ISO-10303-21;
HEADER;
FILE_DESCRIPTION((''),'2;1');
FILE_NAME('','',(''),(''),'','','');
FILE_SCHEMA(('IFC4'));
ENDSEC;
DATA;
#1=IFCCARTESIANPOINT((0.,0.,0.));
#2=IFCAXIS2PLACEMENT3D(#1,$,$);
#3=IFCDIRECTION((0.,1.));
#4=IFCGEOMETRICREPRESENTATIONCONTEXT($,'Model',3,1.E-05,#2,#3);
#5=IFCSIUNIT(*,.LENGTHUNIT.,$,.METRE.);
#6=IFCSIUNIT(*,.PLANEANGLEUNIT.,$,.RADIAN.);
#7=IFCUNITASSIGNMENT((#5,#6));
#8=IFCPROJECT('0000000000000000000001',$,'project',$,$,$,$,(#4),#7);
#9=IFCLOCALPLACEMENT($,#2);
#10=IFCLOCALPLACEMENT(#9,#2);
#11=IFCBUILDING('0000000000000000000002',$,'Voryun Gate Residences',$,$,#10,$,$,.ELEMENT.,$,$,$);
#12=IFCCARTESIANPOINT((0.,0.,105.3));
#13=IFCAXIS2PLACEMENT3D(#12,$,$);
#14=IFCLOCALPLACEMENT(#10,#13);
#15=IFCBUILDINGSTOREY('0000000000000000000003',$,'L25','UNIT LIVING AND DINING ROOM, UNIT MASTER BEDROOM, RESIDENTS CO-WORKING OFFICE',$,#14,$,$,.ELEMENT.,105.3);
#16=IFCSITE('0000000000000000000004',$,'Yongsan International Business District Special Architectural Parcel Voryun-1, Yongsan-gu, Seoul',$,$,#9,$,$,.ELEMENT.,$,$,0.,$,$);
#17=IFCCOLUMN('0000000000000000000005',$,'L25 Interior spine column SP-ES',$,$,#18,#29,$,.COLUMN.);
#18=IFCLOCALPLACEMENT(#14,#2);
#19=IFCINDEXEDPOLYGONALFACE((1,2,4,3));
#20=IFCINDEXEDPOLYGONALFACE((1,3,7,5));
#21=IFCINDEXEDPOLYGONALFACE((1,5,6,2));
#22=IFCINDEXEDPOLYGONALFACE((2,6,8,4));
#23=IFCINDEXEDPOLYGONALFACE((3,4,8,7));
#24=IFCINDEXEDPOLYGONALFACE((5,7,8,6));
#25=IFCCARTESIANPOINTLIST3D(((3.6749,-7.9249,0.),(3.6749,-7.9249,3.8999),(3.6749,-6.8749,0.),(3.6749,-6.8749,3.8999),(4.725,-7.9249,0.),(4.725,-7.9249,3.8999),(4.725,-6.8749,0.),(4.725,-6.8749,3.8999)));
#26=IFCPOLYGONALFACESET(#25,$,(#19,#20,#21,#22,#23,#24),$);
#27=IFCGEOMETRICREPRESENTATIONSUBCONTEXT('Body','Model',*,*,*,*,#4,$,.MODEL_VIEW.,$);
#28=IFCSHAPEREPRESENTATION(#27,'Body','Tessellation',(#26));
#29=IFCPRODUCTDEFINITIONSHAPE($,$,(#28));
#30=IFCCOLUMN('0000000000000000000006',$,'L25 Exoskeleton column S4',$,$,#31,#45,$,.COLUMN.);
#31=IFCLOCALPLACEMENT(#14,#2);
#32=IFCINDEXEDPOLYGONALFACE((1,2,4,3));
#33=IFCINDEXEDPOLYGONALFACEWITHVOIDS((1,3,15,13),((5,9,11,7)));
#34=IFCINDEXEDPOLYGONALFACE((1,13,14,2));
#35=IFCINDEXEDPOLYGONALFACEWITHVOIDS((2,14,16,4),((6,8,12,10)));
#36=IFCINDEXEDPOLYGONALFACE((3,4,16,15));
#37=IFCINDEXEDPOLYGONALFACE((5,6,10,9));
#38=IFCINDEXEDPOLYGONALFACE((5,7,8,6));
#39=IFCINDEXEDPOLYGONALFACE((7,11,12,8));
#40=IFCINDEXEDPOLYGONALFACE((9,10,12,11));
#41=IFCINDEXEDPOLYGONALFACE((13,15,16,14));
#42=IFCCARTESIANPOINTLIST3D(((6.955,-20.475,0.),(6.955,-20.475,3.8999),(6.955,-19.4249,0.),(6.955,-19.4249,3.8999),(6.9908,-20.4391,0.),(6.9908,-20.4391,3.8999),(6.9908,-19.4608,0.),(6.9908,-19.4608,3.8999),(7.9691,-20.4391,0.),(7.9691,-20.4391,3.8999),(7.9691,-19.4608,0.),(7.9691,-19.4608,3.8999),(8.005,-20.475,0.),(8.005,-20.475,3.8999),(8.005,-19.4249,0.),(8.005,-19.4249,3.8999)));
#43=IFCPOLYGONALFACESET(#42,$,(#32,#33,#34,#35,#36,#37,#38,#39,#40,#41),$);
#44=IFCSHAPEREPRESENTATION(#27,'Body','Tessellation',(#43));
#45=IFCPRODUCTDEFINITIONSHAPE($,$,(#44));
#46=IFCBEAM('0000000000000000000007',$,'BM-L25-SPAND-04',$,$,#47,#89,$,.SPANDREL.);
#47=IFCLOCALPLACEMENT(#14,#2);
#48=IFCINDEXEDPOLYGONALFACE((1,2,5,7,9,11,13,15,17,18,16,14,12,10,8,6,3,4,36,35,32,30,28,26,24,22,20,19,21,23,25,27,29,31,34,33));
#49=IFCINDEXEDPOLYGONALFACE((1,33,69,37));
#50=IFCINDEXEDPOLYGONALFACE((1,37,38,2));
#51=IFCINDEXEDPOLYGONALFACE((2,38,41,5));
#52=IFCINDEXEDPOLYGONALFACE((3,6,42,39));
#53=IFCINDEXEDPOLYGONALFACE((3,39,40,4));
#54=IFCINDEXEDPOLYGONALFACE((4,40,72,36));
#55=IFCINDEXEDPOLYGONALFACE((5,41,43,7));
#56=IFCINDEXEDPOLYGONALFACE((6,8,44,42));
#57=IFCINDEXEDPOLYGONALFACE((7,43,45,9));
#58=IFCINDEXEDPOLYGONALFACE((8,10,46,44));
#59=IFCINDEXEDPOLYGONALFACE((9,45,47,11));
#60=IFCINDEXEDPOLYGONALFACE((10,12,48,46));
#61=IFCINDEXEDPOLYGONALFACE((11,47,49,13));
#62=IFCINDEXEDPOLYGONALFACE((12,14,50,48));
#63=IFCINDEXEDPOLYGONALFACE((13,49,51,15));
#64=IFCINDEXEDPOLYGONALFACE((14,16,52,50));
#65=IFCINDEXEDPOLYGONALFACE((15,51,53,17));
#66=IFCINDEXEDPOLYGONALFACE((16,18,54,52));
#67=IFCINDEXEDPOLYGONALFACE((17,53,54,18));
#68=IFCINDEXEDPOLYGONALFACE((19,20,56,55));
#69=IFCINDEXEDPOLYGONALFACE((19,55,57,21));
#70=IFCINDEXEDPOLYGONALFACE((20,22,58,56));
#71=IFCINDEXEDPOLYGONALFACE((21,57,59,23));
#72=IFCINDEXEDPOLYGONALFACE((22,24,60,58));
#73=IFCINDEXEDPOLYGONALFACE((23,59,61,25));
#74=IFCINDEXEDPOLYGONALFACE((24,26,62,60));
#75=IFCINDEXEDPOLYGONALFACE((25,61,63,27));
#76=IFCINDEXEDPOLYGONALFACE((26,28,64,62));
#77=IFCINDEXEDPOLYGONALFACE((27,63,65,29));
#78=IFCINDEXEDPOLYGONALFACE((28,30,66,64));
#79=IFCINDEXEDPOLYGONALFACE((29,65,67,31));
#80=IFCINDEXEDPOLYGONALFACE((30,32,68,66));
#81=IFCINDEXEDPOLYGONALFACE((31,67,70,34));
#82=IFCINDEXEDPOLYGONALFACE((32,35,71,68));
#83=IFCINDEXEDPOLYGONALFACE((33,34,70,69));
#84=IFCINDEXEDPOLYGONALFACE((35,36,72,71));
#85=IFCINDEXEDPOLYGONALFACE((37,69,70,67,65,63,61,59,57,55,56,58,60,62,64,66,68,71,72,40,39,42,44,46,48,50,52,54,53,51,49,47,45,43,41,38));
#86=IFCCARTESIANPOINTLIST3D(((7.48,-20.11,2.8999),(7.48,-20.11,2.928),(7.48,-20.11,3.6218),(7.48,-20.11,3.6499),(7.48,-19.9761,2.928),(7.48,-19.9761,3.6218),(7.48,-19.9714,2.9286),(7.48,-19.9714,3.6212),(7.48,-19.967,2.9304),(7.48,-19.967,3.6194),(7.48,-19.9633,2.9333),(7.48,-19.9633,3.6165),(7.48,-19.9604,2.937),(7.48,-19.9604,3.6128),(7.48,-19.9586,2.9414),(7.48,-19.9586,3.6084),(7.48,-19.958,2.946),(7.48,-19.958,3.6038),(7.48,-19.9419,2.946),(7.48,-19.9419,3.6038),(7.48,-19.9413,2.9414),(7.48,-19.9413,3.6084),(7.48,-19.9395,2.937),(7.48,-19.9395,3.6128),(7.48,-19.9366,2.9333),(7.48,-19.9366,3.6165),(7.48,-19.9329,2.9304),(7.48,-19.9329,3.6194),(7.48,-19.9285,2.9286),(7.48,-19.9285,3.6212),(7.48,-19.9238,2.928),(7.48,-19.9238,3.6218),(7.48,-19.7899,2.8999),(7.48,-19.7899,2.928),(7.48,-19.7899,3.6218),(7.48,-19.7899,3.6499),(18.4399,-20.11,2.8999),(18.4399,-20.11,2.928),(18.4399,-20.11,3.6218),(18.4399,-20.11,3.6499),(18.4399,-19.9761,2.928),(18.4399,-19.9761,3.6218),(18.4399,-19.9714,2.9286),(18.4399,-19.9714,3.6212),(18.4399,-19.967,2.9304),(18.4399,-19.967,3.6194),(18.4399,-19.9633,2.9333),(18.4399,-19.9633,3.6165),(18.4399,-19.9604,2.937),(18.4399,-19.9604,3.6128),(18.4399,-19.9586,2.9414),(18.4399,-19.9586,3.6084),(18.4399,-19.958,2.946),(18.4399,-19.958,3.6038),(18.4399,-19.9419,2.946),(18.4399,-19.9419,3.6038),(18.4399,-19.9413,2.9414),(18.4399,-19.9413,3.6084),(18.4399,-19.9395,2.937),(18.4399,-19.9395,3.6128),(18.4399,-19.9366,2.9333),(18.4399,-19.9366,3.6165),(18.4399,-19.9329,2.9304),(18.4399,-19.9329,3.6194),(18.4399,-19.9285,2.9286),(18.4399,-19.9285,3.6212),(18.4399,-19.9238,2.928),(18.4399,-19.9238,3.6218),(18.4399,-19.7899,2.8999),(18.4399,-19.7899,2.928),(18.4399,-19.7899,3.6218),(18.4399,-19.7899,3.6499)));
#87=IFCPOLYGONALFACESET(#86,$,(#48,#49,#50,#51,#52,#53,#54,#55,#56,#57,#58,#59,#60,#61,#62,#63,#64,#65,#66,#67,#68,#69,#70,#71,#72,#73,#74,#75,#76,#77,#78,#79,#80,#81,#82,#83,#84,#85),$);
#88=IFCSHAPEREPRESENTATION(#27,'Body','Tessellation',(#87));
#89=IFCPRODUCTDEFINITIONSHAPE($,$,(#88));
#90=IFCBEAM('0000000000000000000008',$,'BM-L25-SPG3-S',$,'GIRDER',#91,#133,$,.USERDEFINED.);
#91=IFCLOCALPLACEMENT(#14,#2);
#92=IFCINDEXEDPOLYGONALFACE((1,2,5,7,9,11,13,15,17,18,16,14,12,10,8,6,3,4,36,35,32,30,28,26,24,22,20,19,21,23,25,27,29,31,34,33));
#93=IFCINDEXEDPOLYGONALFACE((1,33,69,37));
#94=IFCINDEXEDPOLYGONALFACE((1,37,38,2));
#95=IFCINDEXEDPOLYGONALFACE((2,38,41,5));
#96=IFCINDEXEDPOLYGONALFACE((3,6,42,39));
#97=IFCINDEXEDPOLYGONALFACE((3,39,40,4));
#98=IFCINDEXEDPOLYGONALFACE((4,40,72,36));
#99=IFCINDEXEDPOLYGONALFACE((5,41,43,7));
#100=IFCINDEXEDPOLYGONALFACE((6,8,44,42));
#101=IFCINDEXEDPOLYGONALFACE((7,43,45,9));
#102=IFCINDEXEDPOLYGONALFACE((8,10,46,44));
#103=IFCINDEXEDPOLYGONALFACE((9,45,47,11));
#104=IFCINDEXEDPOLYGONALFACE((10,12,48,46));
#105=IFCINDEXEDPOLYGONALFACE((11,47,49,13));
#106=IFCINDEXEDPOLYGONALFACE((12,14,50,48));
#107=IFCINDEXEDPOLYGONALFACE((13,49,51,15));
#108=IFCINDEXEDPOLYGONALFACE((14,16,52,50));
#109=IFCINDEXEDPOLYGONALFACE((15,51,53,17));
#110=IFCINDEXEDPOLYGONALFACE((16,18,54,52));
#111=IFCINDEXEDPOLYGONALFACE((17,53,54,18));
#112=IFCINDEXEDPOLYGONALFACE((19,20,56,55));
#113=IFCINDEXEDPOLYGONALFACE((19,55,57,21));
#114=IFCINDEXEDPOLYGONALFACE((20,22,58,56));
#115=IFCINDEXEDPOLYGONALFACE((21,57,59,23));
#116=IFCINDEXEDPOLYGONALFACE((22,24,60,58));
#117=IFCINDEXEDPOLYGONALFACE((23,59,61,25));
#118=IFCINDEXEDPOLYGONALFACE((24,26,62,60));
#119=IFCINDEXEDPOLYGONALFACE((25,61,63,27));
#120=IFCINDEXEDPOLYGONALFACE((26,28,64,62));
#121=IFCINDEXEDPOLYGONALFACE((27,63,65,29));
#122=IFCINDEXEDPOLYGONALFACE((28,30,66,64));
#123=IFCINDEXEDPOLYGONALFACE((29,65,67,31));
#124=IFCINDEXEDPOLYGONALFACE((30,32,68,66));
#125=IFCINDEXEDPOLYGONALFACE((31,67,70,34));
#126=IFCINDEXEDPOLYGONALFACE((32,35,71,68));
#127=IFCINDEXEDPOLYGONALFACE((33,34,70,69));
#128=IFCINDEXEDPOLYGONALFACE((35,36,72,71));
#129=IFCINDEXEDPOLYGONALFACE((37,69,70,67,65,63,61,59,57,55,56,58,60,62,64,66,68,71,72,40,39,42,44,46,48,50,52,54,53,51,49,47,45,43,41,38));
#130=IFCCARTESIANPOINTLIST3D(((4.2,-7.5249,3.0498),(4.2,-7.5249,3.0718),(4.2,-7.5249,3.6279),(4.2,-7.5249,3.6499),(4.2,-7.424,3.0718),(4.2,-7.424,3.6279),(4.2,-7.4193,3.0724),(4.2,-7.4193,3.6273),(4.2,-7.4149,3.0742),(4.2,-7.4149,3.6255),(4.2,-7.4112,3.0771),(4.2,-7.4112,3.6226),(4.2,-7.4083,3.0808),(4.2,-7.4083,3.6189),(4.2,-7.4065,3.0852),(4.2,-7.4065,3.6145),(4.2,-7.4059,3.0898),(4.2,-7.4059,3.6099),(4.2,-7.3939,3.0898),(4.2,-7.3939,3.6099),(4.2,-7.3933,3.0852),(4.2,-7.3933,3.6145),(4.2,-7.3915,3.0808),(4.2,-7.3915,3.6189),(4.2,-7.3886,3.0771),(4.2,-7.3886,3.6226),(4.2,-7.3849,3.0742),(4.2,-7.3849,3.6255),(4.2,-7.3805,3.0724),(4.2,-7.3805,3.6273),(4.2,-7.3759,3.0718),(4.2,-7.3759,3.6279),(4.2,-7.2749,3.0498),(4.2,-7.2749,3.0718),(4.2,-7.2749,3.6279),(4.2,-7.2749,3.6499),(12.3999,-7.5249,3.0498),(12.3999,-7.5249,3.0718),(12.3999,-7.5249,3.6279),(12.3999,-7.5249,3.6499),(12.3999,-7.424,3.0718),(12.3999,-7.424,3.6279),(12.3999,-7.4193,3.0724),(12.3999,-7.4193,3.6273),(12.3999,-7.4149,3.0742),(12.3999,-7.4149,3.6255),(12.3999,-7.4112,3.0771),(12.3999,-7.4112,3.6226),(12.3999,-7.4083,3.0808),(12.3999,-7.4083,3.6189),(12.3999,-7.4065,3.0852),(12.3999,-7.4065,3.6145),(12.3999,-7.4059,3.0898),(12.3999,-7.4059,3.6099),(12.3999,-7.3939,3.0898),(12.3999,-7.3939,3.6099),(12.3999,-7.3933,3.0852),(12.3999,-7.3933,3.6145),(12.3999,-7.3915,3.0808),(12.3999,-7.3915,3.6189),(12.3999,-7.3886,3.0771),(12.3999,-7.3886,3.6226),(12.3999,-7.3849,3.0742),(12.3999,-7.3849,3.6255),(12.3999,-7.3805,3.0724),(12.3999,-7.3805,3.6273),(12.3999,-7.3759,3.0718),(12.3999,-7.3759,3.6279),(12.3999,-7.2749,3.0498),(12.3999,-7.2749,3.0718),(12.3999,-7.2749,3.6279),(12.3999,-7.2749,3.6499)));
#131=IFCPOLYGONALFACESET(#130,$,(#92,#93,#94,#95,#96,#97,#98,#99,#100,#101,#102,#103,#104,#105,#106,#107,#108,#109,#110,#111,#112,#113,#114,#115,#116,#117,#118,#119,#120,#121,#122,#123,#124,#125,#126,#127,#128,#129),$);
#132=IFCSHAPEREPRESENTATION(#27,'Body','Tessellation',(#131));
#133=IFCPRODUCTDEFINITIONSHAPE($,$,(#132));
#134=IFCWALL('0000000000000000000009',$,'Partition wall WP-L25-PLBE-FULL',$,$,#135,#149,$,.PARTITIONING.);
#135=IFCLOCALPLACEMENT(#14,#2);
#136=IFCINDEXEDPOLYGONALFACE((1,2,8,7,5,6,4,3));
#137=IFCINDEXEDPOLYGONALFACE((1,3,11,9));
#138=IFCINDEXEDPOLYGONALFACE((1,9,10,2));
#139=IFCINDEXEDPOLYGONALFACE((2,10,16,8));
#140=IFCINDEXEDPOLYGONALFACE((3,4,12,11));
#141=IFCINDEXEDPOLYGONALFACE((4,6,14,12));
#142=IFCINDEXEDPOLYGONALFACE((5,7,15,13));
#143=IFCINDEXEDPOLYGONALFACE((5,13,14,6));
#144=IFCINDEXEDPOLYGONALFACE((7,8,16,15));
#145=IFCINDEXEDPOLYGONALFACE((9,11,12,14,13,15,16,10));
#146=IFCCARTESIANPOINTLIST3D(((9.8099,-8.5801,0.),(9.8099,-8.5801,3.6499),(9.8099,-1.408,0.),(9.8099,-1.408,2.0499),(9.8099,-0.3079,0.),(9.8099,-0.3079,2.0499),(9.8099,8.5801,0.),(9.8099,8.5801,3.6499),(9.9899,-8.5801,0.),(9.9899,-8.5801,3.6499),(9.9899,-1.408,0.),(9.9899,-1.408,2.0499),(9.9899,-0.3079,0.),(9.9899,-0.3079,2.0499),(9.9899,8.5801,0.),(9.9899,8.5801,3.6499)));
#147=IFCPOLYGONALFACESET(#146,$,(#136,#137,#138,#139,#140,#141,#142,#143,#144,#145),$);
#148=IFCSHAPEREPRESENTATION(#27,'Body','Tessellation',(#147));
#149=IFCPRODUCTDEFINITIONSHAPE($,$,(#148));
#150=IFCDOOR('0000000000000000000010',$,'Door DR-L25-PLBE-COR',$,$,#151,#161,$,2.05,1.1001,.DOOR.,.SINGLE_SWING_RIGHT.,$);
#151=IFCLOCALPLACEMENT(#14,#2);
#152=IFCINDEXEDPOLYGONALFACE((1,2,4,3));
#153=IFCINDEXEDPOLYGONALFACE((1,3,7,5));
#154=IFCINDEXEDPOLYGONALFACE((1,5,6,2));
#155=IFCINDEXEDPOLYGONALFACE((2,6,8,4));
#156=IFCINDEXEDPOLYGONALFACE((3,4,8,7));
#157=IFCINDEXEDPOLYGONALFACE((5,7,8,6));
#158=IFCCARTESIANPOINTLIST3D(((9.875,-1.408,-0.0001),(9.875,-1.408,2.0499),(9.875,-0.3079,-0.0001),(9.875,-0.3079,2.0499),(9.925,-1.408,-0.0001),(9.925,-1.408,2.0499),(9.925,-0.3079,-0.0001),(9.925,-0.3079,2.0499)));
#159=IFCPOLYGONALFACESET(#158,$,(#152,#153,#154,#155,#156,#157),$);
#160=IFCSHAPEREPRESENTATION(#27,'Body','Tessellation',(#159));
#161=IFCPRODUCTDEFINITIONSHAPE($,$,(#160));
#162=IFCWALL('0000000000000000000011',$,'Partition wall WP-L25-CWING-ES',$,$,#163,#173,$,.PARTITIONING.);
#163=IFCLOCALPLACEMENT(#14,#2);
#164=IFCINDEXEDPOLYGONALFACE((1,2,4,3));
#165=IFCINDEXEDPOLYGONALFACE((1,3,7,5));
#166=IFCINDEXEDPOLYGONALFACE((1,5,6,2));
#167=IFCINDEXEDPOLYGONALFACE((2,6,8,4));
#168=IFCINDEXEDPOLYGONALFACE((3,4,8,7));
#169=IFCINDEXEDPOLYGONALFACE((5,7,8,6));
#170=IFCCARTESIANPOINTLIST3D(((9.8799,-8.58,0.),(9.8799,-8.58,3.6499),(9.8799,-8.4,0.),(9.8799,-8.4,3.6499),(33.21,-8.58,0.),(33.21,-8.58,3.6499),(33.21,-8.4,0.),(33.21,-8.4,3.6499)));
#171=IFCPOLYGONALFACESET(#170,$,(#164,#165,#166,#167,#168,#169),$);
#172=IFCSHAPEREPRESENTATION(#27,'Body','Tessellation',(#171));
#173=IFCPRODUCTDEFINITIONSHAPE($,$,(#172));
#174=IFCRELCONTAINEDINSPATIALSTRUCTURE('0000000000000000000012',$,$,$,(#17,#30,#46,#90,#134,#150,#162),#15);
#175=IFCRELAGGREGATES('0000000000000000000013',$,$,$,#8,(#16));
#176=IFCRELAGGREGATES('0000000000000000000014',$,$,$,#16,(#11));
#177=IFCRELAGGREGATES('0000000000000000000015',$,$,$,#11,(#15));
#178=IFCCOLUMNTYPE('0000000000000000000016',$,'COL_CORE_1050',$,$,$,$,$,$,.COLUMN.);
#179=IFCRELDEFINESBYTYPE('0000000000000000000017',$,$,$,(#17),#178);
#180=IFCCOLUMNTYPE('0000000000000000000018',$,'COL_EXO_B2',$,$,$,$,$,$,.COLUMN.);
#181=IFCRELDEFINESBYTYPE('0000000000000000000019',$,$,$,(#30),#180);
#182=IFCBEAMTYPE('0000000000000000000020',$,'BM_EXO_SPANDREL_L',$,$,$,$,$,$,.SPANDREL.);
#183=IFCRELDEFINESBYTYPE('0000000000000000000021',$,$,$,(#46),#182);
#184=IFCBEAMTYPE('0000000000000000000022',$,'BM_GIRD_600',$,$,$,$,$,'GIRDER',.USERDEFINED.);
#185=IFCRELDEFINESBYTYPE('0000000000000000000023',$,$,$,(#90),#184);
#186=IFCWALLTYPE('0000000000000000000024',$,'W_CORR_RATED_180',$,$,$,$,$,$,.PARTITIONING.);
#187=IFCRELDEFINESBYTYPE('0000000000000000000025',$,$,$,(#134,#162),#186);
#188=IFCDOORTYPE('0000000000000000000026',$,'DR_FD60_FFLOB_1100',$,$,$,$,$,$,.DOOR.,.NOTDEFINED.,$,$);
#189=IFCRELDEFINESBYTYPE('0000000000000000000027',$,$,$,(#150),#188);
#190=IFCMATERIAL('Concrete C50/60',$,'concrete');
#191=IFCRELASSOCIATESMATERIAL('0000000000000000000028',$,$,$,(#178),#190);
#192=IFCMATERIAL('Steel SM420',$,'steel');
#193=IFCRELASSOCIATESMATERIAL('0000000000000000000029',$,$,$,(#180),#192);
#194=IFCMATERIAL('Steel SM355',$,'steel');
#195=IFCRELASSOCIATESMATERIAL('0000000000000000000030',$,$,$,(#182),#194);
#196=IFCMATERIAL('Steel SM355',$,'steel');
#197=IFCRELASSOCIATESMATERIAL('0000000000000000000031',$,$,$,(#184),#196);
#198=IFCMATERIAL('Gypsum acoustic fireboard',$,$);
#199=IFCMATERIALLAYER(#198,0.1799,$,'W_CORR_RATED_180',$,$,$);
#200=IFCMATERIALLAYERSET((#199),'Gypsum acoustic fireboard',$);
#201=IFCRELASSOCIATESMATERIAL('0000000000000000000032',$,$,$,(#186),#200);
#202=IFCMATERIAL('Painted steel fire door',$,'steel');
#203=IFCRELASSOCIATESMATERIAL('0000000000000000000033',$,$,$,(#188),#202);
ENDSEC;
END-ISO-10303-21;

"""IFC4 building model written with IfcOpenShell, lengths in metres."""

from ifc_helpers import new_model, si_unit, direction, frame, frame_2d, origin, origin_2d, place, context, subcontext, project, spatial, rectangle, hollow_rectangle, i_section, extrude, material, layer, layer_set, material_profile, profile_set, type_object, element, fill, save


model = new_model("IFC4")

# Units and contexts
model_context = context("Model", 3, precision=1e-05, world=origin(), true_north=direction((0.0, 1.0)))
body_context = subcontext(model_context, "Body", "Model", "MODEL_VIEW")
ifc_project = project(units=[si_unit("LENGTHUNIT", "METRE"), si_unit("PLANEANGLEUNIT", "RADIAN")], contexts=[model_context])

# Site, building, storey
site_placement = place(None, origin())
site = spatial("IfcSite", under=ifc_project, at=site_placement, Name="Yongsan International Business District Special Architectural Parcel Voryun-1, Yongsan-gu, Seoul", CompositionType="ELEMENT", RefElevation=0.0)
building_placement = place(site_placement, origin())
building = spatial("IfcBuilding", under=site, at=building_placement, Name="Voryun Gate Residences", CompositionType="ELEMENT")
storey_placement = place(building_placement, frame((0.0, 0.0, 105.3)))
storey = spatial("IfcBuildingStorey", under=building, at=storey_placement, Name="L25", Description="UNIT LIVING AND DINING ROOM, UNIT MASTER BEDROOM, RESIDENTS CO-WORKING OFFICE", CompositionType="ELEMENT", Elevation=105.3)

# Columns
ifc_material_1 = material(Name="Concrete C50/60", Category="concrete")
ifc_material_profile_1 = material_profile(ifc_material_1, rectangle(XDim=1.05, YDim=1.05, at=origin_2d()), Name="RC-1050x1050")
ifc_profile_set_1 = profile_set([ifc_material_profile_1], Name="Concrete C50/60")
column_type_1 = type_object("IfcColumnType", Name="COL_CORE_1050", PredefinedType="COLUMN", material=ifc_profile_set_1)
column_1_placement = place(storey_placement, frame((4.2, -7.3999, 0.0), z_axis=(0.0, 0.0, 1.0), x_axis=(1.0, 0.0, 0.0)))
element("IfcColumn", 1, at=column_1_placement, inside=storey, type_object=column_type_1, Name="L25 Interior spine column SP-ES", PredefinedType="COLUMN", context=body_context, shape_type="SweptSolid", body=[
    extrude(rectangle(XDim=1.05, YDim=1.05, at=origin_2d()), origin(), (0.0, 0.0, 1.0), 3.8999),
])
ifc_material_2 = material(Name="Steel SM420", Category="steel")
ifc_material_profile_2 = material_profile(ifc_material_2, hollow_rectangle(XDim=1.05, YDim=1.05, WallThickness=0.0359, at=origin_2d()), Name="BOX-1050x1050x36")
ifc_profile_set_2 = profile_set([ifc_material_profile_2], Name="Steel SM420")
column_type_2 = type_object("IfcColumnType", Name="COL_EXO_B2", PredefinedType="COLUMN", material=ifc_profile_set_2)
column_2_placement = place(storey_placement, frame((7.48, -19.95, 0.0), z_axis=(0.0, 0.0, 1.0), x_axis=(1.0, 0.0, 0.0)))
element("IfcColumn", 2, at=column_2_placement, inside=storey, type_object=column_type_2, Name="L25 Exoskeleton column S4", PredefinedType="COLUMN", context=body_context, shape_type="SweptSolid", body=[
    extrude(hollow_rectangle(XDim=1.05, YDim=1.05, WallThickness=0.0359, at=origin_2d()), origin(), (0.0, 0.0, 1.0), 3.8999),
])

# Beams
ifc_material_3 = material(Name="Steel SM355", Category="steel")
ifc_material_profile_3 = material_profile(ifc_material_3, i_section(OverallWidth=0.3201, OverallDepth=0.75, WebThickness=0.0161, FlangeThickness=0.0281, FilletRadius=0.0181, at=origin_2d()), Name="H-750x320x16x28")
ifc_profile_set_3 = profile_set([ifc_material_profile_3], Name="Steel SM355")
beam_type_1 = type_object("IfcBeamType", Name="BM_EXO_SPANDREL_L", PredefinedType="SPANDREL", material=ifc_profile_set_3)
beam_1_placement = place(storey_placement, frame((7.48, -19.95, 3.2749), z_axis=(1.0, 0.0, 0.0), x_axis=(0.0, 1.0, 0.0)))
element("IfcBeam", 3, at=beam_1_placement, inside=storey, type_object=beam_type_1, Name="BM-L25-SPAND-04", PredefinedType="SPANDREL", context=body_context, shape_type="SweptSolid", body=[
    extrude(i_section(OverallWidth=0.3201, OverallDepth=0.75, WebThickness=0.0161, FlangeThickness=0.0281, FilletRadius=0.0181, at=origin_2d()), origin(), (0.0, 0.0, 1.0), 10.96),
])
ifc_material_4 = material(Name="Steel SM355", Category="steel")
ifc_material_profile_4 = material_profile(ifc_material_4, i_section(OverallWidth=0.25, OverallDepth=0.6001, WebThickness=0.012, FlangeThickness=0.022, FilletRadius=0.0181, at=origin_2d()), Name="H-600x250x12x22")
ifc_profile_set_4 = profile_set([ifc_material_profile_4], Name="Steel SM355")
beam_type_2 = type_object("IfcBeamType", Name="BM_GIRD_600", ElementType="GIRDER", PredefinedType="USERDEFINED", material=ifc_profile_set_4)
beam_2_placement = place(storey_placement, frame((4.2, -7.3999, 3.3499), z_axis=(1.0, 0.0, 0.0), x_axis=(0.0, 1.0, 0.0)))
element("IfcBeam", 4, at=beam_2_placement, inside=storey, type_object=beam_type_2, Name="BM-L25-SPG3-S", ObjectType="GIRDER", PredefinedType="USERDEFINED", context=body_context, shape_type="SweptSolid", body=[
    extrude(i_section(OverallWidth=0.25, OverallDepth=0.6001, WebThickness=0.012, FlangeThickness=0.022, FilletRadius=0.0181, at=origin_2d()), origin(), (0.0, 0.0, 1.0), 8.2),
])

# Wall, opening, door
ifc_material_5 = material(Name="Gypsum acoustic fireboard")
ifc_layer_1 = layer(ifc_material_5, 0.1799, Name="W_CORR_RATED_180")
ifc_layer_set_1 = layer_set([ifc_layer_1], Name="Gypsum acoustic fireboard")
wall_type_1 = type_object("IfcWallType", Name="W_CORR_RATED_180", PredefinedType="PARTITIONING", material=ifc_layer_set_1)
wall_1_placement = place(storey_placement, frame((9.8999, -8.5801, 0.0), z_axis=(0.0, 0.0, 1.0), x_axis=(0.0, 1.0, 0.0)))
wall_1 = element("IfcWall", 5, at=wall_1_placement, inside=storey, type_object=wall_type_1, Name="Partition wall WP-L25-PLBE-FULL", PredefinedType="PARTITIONING", context=body_context, shape_type="SweptSolid", body=[
    extrude(rectangle(XDim=17.1602, YDim=0.1799, at=frame_2d((8.5801, 0.0))), origin(), (0.0, 0.0, 1.0), 3.6499),
])
opening_1_placement = place(wall_1_placement, frame((7.1721, 0.0, 0.0)))
opening_1 = element("IfcOpeningElement", 6, at=opening_1_placement, cuts=wall_1, PredefinedType="OPENING", context=body_context, shape_type="SweptSolid", body=[
    extrude(rectangle(XDim=1.1001, YDim=2.05, at=frame_2d((0.55, 1.0249))), frame((0.0, 0.0999, 0.0), z_axis=(0.0, -1.0, 0.0), x_axis=(1.0, 0.0, 0.0)), (0.0, 0.0, 1.0), 0.2),
])
ifc_material_6 = material(Name="Painted steel fire door", Category="steel")
door_type_1 = type_object("IfcDoorType", Name="DR_FD60_FFLOB_1100", OperationType="NOTDEFINED", PredefinedType="DOOR", material=ifc_material_6)
door_1_placement = place(opening_1_placement, origin())
door_1 = element("IfcDoor", 7, at=door_1_placement, inside=storey, type_object=door_type_1, Name="Door DR-L25-PLBE-COR", OperationType="SINGLE_SWING_RIGHT", OverallHeight=2.05, OverallWidth=1.1001, PredefinedType="DOOR", context=body_context, shape_type="SweptSolid", body=[
    extrude(rectangle(XDim=1.1001, YDim=2.05, at=frame_2d((0.55, 1.0249))), frame((0.0, 0.0249, 0.0), z_axis=(0.0, -1.0, 0.0), x_axis=(1.0, 0.0, 0.0)), (0.0, 0.0, 1.0), 0.05),
])
fill(opening_1, door_1)

# Wall
wall_2_placement = place(storey_placement, frame((9.8799, -8.49, 0.0), z_axis=(0.0, 0.0, 1.0), x_axis=(1.0, 0.0, 0.0)))
element("IfcWall", 8, at=wall_2_placement, inside=storey, type_object=wall_type_1, Name="Partition wall WP-L25-CWING-ES", PredefinedType="PARTITIONING", context=body_context, shape_type="SweptSolid", body=[
    extrude(rectangle(XDim=23.3301, YDim=0.1799, at=frame_2d((11.665, 0.0))), origin(), (0.0, 0.0, 1.0), 3.6499),
])

save(model, "model.ifc")
